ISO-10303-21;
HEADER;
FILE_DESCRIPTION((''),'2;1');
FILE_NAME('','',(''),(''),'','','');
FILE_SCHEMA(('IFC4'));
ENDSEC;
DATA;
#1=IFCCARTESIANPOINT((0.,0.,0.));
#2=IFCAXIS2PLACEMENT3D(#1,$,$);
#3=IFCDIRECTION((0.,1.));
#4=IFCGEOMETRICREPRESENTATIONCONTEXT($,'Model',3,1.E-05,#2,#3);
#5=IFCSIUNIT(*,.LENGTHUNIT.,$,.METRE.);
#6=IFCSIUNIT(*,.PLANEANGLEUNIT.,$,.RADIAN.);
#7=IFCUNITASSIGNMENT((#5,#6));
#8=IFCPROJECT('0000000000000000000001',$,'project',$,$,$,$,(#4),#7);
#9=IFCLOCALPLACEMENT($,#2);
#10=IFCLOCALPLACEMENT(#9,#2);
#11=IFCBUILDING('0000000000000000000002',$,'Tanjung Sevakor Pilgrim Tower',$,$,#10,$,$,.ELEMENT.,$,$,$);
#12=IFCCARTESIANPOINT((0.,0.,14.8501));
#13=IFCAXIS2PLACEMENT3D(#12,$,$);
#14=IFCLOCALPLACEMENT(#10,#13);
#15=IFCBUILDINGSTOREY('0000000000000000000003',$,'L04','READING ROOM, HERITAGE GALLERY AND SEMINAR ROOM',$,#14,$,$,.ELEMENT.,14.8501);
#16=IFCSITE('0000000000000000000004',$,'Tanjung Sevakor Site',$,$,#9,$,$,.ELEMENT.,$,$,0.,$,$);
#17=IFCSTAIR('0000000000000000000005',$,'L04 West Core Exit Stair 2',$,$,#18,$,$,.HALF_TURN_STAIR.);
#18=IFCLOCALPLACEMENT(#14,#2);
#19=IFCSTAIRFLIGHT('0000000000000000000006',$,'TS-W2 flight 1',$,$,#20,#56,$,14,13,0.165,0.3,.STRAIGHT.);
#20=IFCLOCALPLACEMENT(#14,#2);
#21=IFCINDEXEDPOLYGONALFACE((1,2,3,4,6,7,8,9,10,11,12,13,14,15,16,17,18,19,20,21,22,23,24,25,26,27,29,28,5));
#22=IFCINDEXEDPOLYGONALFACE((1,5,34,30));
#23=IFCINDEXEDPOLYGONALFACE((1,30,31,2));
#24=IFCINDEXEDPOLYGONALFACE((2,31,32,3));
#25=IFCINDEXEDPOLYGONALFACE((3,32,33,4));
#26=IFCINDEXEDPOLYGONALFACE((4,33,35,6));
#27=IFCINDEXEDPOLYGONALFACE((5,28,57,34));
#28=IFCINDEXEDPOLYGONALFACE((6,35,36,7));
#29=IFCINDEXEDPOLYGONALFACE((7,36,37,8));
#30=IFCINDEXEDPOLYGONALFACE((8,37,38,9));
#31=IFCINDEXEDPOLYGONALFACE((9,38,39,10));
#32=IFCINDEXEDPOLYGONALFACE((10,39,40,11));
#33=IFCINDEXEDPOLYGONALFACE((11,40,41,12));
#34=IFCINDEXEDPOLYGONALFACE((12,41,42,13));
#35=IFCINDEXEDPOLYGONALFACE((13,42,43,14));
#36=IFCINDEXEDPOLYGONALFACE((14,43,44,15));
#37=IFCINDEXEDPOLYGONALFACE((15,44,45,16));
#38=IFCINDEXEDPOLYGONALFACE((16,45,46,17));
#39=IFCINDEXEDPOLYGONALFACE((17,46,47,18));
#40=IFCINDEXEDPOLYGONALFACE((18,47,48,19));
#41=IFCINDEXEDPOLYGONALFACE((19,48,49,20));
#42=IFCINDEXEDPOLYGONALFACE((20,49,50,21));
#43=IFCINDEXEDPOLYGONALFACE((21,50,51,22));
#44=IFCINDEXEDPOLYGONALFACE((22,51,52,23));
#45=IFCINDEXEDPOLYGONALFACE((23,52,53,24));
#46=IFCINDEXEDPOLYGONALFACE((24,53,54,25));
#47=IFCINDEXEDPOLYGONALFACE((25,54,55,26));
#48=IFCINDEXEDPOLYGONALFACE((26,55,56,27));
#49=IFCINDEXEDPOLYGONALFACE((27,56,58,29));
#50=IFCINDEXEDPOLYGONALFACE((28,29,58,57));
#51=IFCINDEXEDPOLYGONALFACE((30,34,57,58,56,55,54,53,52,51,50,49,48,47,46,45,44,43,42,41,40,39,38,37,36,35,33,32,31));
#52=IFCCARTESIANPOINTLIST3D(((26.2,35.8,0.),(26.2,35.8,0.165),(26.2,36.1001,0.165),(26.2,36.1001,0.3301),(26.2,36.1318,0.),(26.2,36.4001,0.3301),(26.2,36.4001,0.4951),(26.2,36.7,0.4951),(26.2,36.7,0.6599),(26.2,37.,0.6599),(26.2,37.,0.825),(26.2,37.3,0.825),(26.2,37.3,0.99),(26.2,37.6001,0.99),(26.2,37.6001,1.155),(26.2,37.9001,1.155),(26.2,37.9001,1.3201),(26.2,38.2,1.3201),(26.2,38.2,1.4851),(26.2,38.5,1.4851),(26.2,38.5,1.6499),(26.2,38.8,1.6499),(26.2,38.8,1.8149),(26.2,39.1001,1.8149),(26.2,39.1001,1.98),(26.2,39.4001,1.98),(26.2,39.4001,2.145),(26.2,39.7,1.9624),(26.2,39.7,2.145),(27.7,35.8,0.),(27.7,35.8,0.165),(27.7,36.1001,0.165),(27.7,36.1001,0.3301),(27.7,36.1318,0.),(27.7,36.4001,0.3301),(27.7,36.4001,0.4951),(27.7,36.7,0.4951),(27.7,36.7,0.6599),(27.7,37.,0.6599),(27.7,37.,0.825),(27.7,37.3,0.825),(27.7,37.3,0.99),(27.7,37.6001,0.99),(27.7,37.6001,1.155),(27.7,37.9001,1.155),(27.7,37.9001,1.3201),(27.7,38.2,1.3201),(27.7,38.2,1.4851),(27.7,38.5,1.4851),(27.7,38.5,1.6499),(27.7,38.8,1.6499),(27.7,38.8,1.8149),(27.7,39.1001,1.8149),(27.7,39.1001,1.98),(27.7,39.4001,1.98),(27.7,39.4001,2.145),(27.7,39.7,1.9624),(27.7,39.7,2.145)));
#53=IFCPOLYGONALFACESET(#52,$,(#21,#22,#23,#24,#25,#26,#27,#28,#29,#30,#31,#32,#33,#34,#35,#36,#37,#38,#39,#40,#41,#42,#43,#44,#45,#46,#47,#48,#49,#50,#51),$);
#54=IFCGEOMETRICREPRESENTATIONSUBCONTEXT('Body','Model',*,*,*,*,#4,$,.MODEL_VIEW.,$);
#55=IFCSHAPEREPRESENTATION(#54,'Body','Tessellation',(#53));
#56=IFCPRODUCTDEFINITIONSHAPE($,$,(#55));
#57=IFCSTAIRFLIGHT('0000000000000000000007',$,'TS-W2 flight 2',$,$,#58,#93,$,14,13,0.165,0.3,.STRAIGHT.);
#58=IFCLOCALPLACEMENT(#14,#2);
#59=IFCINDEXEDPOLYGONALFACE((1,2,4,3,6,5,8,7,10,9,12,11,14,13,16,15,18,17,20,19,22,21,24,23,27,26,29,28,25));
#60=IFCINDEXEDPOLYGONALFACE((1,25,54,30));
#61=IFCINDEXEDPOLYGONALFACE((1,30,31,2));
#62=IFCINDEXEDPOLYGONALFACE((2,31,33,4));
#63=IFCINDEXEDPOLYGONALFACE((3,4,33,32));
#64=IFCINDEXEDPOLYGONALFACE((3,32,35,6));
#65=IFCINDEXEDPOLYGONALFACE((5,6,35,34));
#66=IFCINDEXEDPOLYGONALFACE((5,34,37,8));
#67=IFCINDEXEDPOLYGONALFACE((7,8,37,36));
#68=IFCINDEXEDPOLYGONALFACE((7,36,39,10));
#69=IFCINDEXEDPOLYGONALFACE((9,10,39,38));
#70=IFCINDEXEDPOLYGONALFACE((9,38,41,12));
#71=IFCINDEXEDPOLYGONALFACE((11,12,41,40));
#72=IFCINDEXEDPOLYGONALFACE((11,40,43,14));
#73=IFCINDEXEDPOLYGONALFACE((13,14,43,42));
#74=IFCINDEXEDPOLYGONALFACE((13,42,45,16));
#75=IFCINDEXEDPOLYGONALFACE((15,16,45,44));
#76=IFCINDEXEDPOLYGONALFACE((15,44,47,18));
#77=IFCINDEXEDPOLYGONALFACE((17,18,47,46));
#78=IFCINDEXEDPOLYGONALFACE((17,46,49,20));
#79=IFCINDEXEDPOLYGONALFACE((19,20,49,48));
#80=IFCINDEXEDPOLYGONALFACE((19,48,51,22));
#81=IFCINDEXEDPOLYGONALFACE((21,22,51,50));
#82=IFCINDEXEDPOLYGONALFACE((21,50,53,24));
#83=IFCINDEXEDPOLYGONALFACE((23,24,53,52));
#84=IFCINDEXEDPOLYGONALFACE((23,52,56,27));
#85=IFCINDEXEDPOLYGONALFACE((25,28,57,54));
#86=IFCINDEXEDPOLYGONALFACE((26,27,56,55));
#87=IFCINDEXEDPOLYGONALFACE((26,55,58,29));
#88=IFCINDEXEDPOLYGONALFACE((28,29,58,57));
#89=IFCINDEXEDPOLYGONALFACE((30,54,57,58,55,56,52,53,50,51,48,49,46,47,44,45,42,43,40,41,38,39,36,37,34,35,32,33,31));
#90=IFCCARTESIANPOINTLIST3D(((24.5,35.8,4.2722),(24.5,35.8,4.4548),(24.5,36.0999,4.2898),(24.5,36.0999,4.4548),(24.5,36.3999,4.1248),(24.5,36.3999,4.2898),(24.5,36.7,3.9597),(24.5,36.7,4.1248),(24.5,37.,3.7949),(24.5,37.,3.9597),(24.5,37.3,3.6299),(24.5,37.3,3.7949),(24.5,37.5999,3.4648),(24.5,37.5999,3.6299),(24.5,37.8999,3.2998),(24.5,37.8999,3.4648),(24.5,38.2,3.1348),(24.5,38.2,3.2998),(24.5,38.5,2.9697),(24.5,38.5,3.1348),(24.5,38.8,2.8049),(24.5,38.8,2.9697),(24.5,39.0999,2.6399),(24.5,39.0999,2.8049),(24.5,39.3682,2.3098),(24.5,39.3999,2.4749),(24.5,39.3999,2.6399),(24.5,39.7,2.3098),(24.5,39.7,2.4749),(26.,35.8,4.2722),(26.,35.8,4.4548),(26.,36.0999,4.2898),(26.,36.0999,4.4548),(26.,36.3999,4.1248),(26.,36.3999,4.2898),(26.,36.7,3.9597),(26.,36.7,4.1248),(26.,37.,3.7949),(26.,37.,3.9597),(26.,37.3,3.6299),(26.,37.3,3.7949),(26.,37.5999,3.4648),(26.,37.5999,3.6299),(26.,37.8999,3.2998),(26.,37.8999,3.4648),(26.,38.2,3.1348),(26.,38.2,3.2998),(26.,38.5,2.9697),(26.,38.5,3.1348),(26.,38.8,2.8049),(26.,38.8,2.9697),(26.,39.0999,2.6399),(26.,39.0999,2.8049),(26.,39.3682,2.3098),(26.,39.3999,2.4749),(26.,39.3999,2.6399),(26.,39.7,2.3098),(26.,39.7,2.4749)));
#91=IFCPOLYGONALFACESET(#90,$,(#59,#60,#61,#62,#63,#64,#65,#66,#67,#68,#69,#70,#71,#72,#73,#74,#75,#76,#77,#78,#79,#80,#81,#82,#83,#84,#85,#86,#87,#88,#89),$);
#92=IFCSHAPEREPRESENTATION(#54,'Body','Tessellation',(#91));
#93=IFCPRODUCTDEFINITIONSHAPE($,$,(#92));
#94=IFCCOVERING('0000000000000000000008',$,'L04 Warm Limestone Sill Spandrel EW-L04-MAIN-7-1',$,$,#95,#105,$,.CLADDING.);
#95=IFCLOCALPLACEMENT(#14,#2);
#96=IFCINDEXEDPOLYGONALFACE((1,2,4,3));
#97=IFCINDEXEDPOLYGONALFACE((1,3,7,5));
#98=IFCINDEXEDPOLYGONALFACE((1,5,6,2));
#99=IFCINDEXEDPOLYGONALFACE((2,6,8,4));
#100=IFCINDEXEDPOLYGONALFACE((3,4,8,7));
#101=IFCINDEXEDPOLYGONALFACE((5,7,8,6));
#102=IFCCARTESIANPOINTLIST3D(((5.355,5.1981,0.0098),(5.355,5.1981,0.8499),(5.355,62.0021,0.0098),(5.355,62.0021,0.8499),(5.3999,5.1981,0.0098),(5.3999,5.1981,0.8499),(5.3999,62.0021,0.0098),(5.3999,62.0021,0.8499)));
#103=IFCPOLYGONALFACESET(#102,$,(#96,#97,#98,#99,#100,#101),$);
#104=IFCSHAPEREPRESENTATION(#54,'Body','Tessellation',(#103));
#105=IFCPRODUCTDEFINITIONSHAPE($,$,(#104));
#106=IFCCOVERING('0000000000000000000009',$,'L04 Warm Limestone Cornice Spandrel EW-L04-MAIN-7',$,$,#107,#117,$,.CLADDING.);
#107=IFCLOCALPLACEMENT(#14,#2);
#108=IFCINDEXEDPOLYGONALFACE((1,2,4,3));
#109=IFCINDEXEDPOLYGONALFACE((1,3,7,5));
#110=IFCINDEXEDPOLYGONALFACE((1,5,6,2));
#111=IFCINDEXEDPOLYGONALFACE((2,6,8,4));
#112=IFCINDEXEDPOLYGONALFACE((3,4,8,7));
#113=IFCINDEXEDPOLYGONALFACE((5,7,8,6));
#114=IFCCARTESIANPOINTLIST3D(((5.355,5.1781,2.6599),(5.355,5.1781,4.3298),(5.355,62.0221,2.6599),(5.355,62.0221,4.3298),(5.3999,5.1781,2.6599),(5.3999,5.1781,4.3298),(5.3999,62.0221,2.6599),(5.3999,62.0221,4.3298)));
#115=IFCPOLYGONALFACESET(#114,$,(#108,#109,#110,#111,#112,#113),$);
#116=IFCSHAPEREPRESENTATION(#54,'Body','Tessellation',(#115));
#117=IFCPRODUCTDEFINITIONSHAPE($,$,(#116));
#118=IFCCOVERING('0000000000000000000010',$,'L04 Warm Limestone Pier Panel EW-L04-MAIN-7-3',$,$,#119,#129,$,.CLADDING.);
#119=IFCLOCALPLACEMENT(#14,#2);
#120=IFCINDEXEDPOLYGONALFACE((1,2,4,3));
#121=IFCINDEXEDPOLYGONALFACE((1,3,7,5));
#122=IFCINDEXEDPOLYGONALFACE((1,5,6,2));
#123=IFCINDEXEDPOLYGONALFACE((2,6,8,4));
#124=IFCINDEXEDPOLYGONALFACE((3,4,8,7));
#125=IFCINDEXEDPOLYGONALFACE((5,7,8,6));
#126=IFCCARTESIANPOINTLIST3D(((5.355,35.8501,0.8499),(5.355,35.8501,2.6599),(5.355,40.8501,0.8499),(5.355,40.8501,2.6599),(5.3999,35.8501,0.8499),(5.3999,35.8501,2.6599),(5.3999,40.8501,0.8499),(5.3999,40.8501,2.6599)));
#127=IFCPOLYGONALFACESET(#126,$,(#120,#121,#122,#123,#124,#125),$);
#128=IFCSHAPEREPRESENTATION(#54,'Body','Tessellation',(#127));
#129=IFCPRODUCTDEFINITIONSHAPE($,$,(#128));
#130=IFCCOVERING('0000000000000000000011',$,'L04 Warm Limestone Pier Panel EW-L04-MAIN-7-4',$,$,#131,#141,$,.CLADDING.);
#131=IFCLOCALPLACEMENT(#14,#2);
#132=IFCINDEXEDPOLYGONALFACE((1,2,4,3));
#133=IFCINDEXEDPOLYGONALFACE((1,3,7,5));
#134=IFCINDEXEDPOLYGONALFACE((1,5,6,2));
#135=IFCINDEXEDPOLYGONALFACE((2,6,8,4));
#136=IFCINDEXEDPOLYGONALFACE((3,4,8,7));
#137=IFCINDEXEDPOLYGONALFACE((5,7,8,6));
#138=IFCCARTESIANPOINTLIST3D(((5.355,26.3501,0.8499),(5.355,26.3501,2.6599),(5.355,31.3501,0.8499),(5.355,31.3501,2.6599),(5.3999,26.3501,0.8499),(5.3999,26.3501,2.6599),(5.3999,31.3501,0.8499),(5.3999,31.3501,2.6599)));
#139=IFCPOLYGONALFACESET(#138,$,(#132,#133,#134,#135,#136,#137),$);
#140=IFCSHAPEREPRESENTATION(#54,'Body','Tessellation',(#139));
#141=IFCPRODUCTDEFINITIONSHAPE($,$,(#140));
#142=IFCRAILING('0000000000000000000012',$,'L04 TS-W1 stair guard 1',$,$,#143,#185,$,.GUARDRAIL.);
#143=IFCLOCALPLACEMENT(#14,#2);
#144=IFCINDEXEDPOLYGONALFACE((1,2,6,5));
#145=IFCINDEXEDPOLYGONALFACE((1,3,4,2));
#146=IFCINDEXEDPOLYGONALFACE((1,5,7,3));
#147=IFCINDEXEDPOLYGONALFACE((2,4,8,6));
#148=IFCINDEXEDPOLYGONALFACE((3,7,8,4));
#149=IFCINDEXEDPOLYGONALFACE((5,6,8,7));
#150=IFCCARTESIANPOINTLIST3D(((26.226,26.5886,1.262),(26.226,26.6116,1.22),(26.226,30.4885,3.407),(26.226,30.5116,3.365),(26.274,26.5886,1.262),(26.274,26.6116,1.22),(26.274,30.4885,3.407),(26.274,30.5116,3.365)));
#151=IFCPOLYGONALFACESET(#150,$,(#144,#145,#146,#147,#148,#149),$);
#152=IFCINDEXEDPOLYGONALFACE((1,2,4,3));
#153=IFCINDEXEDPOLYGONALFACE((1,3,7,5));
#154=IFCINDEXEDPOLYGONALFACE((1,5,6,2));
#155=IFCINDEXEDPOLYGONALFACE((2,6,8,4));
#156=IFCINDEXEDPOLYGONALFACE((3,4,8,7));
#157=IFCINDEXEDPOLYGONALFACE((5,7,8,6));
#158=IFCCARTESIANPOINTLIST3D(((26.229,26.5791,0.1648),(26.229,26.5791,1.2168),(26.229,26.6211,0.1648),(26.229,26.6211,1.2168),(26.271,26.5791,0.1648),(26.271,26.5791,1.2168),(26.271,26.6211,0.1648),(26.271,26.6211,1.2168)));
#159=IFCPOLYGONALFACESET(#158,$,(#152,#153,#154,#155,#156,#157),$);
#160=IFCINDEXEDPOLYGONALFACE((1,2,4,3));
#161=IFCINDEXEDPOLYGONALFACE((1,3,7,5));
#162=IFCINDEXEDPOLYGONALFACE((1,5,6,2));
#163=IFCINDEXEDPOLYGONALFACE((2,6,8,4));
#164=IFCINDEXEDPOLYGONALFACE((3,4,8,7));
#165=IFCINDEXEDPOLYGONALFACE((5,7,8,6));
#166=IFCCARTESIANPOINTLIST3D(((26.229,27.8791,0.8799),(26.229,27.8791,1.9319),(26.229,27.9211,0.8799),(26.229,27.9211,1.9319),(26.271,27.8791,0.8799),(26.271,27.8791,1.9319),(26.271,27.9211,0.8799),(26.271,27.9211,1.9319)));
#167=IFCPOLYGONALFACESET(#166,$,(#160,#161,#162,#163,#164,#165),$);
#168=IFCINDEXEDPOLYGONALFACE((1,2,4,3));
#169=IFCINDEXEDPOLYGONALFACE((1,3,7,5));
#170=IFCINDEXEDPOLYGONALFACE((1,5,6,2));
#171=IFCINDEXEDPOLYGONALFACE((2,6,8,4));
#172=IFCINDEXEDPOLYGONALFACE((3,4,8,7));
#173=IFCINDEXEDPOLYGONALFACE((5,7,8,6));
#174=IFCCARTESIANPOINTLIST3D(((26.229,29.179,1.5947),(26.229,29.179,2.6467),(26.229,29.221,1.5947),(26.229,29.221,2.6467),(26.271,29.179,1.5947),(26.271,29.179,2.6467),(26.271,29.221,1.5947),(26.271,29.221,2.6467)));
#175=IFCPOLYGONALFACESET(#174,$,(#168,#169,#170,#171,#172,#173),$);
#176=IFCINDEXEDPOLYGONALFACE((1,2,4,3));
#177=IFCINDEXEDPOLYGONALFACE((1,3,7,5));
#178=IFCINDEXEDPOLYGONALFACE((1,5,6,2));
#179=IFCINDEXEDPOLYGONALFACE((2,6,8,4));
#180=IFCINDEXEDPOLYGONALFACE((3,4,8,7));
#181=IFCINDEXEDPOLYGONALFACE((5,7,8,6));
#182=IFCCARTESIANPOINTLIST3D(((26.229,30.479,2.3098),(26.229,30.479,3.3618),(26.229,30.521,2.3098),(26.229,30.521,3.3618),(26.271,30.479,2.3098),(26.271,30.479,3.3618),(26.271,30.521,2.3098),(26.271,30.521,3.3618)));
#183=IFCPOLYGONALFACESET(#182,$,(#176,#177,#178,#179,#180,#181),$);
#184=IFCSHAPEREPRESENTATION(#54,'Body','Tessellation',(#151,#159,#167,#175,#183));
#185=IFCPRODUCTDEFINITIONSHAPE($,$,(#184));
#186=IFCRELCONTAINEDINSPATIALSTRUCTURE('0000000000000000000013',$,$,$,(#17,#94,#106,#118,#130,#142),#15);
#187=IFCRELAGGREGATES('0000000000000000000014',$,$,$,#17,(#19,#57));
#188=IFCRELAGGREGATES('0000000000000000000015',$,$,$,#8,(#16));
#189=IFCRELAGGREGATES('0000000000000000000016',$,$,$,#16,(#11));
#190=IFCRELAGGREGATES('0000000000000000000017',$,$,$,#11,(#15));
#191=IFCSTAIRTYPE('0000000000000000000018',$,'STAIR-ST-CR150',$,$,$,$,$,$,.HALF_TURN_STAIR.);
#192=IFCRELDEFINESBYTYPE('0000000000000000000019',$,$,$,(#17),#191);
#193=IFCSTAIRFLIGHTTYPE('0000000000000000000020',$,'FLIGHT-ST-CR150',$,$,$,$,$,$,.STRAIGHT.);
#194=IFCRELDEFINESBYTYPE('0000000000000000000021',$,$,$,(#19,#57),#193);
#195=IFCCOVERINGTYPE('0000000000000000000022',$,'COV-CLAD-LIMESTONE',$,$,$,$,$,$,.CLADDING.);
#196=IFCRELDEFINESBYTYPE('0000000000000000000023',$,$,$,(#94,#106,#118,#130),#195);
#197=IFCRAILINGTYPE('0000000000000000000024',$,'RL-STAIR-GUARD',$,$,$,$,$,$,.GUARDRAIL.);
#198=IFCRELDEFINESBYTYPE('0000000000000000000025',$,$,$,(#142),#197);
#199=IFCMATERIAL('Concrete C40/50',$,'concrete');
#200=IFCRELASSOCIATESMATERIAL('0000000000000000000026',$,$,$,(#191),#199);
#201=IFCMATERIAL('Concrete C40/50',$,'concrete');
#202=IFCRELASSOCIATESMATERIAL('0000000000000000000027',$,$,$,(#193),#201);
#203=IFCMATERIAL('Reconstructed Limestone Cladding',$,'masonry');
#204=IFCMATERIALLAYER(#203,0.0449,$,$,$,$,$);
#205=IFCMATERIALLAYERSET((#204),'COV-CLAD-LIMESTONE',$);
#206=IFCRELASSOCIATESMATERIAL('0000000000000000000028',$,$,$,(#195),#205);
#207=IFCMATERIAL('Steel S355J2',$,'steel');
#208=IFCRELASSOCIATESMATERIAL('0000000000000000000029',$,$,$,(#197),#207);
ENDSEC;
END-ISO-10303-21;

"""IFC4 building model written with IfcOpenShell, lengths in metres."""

from ifc_helpers import new_model, si_unit, direction, frame, origin, origin_2d, place, context, subcontext, project, spatial, polyline, rectangle, outline, extrude, material, layer, layer_set, type_object, element, aggregate, save


model = new_model("IFC4")

# Units and contexts
model_context = context("Model", 3, precision=1e-05, world=origin(), true_north=direction((0.0, 1.0)))
body_context = subcontext(model_context, "Body", "Model", "MODEL_VIEW")
ifc_project = project(units=[si_unit("LENGTHUNIT", "METRE"), si_unit("PLANEANGLEUNIT", "RADIAN")], contexts=[model_context])

# Site, building, storey
site_placement = place(None, origin())
site = spatial("IfcSite", under=ifc_project, at=site_placement, Name="Tanjung Sevakor Site", CompositionType="ELEMENT", RefElevation=0.0)
building_placement = place(site_placement, origin())
building = spatial("IfcBuilding", under=site, at=building_placement, Name="Tanjung Sevakor Pilgrim Tower", CompositionType="ELEMENT")
storey_placement = place(building_placement, frame((0.0, 0.0, 14.8501)))
storey = spatial("IfcBuildingStorey", under=building, at=storey_placement, Name="L04", Description="READING ROOM, HERITAGE GALLERY AND SEMINAR ROOM", CompositionType="ELEMENT", Elevation=14.8501)

# Stair, stair flights
ifc_material_1 = material(Name="Concrete C40/50", Category="concrete")
stair_type = type_object("IfcStairType", Name="STAIR-ST-CR150", PredefinedType="HALF_TURN_STAIR", material=ifc_material_1)
ifc_material_2 = material(Name="Concrete C40/50", Category="concrete")
stair_flight_type = type_object("IfcStairFlightType", Name="FLIGHT-ST-CR150", PredefinedType="STRAIGHT", material=ifc_material_2)
stair_1_placement = place(storey_placement, origin())
stair_1 = element("IfcStair", 1, at=stair_1_placement, inside=storey, type_object=stair_type, Name="L04 West Core Exit Stair 2", PredefinedType="HALF_TURN_STAIR")
stair_flight_1_placement = place(storey_placement, frame((26.95, 35.8, 0.0), z_axis=(0.0, 0.0, 1.0), x_axis=(0.0, 1.0, 0.0)))
stair_flight_1 = element("IfcStairFlight", 2, at=stair_flight_1_placement, type_object=stair_flight_type, Name="TS-W2 flight 1", NumberOfRisers=14, NumberOfTreads=13, PredefinedType="STRAIGHT", RiserHeight=0.165, TreadLength=0.3, context=body_context, shape_type="SweptSolid", body=[
    extrude(outline(polyline([(0.0, 0.0), (0.0, 0.165), (0.3, 0.165), (0.3, 0.3301), (0.6001, 0.3301), (0.6001, 0.4951), (0.8999, 0.4951), (0.8999, 0.6599), (1.2, 0.6599), (1.2, 0.825), (1.5, 0.825), (1.5, 0.99), (1.8, 0.99), (1.8, 1.155), (2.1001, 1.155), (2.1001, 1.3201), (2.3999, 1.3201), (2.3999, 1.4851), (2.7, 1.4851), (2.7, 1.6499), (3.0, 1.6499), (3.0, 1.8149), (3.3, 1.8149), (3.3, 1.98), (3.6001, 1.98), (3.6001, 2.145), (3.8999, 2.145), (3.8999, 2.3101), (3.8999, 1.9624), (0.3318, 0.0), (0.0, 0.0)])), frame((0.0, 0.75, 0.0), z_axis=(0.0, -1.0, 0.0), x_axis=(1.0, 0.0, 0.0)), (0.0, 0.0, 1.0), 1.5),
])
stair_flight_2_placement = place(storey_placement, frame((25.25, 39.7, 2.3098), z_axis=(0.0, 0.0, 1.0), x_axis=(0.0, -1.0, 0.0)))
stair_flight_2 = element("IfcStairFlight", 3, at=stair_flight_2_placement, type_object=stair_flight_type, Name="TS-W2 flight 2", NumberOfRisers=14, NumberOfTreads=13, PredefinedType="STRAIGHT", RiserHeight=0.165, TreadLength=0.3, context=body_context, shape_type="SweptSolid", body=[
    extrude(outline(polyline([(0.0, 0.0), (0.0, 0.165), (0.3, 0.165), (0.3, 0.3301), (0.6001, 0.3301), (0.6001, 0.4951), (0.8999, 0.4951), (0.8999, 0.6599), (1.2, 0.6599), (1.2, 0.825), (1.5, 0.825), (1.5, 0.99), (1.8, 0.99), (1.8, 1.155), (2.1001, 1.155), (2.1001, 1.3201), (2.3999, 1.3201), (2.3999, 1.4851), (2.7, 1.4851), (2.7, 1.6499), (3.0, 1.6499), (3.0, 1.8149), (3.3, 1.8149), (3.3, 1.98), (3.6001, 1.98), (3.6001, 2.145), (3.8999, 2.145), (3.8999, 2.3101), (3.8999, 1.9624), (0.3318, 0.0), (0.0, 0.0)])), frame((0.0, 0.75, 0.0), z_axis=(0.0, -1.0, 0.0), x_axis=(1.0, 0.0, 0.0)), (0.0, 0.0, 1.0), 1.5),
])
aggregate(stair_1, [stair_flight_1, stair_flight_2])

# Coverings
ifc_material_3 = material(Name="Reconstructed Limestone Cladding", Category="masonry")
ifc_layer_1 = layer(ifc_material_3, 0.0449)
ifc_layer_set_1 = layer_set([ifc_layer_1], Name="COV-CLAD-LIMESTONE")
covering_type = type_object("IfcCoveringType", Name="COV-CLAD-LIMESTONE", PredefinedType="CLADDING", material=ifc_layer_set_1)
covering_1_placement = place(storey_placement, frame((5.3774, 33.6001, 0.0098), z_axis=(0.0, 0.0, 1.0), x_axis=(0.0, -1.0, 0.0)))
element("IfcCovering", 4, at=covering_1_placement, inside=storey, type_object=covering_type, Name="L04 Warm Limestone Sill Spandrel EW-L04-MAIN-7-1", PredefinedType="CLADDING", context=body_context, shape_type="SweptSolid", body=[
    extrude(rectangle(XDim=56.804, YDim=0.0449, at=origin_2d()), origin(), (0.0, 0.0, 1.0), 0.8401),
])
covering_2_placement = place(storey_placement, frame((5.3774, 33.6001, 2.6599), z_axis=(0.0, 0.0, 1.0), x_axis=(0.0, -1.0, 0.0)))
element("IfcCovering", 5, at=covering_2_placement, inside=storey, type_object=covering_type, Name="L04 Warm Limestone Cornice Spandrel EW-L04-MAIN-7", PredefinedType="CLADDING", context=body_context, shape_type="SweptSolid", body=[
    extrude(rectangle(XDim=56.844, YDim=0.0449, at=origin_2d()), origin(), (0.0, 0.0, 1.0), 1.6699),
])
for number, where, z_axis, x_axis, name in (
    (6, (5.3774, 38.3501, 0.8499), (0.0, 0.0, 1.0), (0.0, -1.0, 0.0), "L04 Warm Limestone Pier Panel EW-L04-MAIN-7-3"),
    (7, (5.3774, 28.8501, 0.8499), (0.0, 0.0, 1.0), (0.0, -1.0, 0.0), "L04 Warm Limestone Pier Panel EW-L04-MAIN-7-4"),
):
    element("IfcCovering", number, at=place(storey_placement, frame(where, z_axis=z_axis, x_axis=x_axis)), inside=storey, type_object=covering_type, Name=name, PredefinedType="CLADDING", context=body_context, shape_type="SweptSolid", body=[
        extrude(rectangle(XDim=5.0, YDim=0.0449, at=origin_2d()), origin(), (0.0, 0.0, 1.0), 1.8101),
    ])

# Railing
ifc_material_4 = material(Name="Steel S355J2", Category="steel")
railing_type_1 = type_object("IfcRailingType", Name="RL-STAIR-GUARD", PredefinedType="GUARDRAIL", material=ifc_material_4)
railing_1_placement = place(storey_placement, frame((26.25, 26.6001, 0.1648)))
element("IfcRailing", 8, at=railing_1_placement, inside=storey, type_object=railing_type_1, Name="L04 TS-W1 stair guard 1", PredefinedType="GUARDRAIL", context=body_context, shape_type="SweptSolid", body=[
    extrude(rectangle(XDim=0.0479, YDim=0.0479), frame((0.0, 0.0, 1.0762), z_axis=(0.0, 0.876209, 0.481931), x_axis=(-1.0, 0.0, 0.0)), (0.0, 0.0, 1.0), 4.4509),
    extrude(rectangle(XDim=0.042, YDim=0.042), origin(), (0.0, 0.0, 1.0), 1.052),
    extrude(rectangle(XDim=0.042, YDim=0.042), frame((0.0, 1.3, 0.7151)), (0.0, 0.0, 1.0), 1.052),
    extrude(rectangle(XDim=0.042, YDim=0.042), frame((0.0, 2.5999, 1.4299)), (0.0, 0.0, 1.0), 1.052),
    extrude(rectangle(XDim=0.042, YDim=0.042), frame((0.0, 3.8999, 2.145)), (0.0, 0.0, 1.0), 1.052),
])

save(model, "model.ifc")
